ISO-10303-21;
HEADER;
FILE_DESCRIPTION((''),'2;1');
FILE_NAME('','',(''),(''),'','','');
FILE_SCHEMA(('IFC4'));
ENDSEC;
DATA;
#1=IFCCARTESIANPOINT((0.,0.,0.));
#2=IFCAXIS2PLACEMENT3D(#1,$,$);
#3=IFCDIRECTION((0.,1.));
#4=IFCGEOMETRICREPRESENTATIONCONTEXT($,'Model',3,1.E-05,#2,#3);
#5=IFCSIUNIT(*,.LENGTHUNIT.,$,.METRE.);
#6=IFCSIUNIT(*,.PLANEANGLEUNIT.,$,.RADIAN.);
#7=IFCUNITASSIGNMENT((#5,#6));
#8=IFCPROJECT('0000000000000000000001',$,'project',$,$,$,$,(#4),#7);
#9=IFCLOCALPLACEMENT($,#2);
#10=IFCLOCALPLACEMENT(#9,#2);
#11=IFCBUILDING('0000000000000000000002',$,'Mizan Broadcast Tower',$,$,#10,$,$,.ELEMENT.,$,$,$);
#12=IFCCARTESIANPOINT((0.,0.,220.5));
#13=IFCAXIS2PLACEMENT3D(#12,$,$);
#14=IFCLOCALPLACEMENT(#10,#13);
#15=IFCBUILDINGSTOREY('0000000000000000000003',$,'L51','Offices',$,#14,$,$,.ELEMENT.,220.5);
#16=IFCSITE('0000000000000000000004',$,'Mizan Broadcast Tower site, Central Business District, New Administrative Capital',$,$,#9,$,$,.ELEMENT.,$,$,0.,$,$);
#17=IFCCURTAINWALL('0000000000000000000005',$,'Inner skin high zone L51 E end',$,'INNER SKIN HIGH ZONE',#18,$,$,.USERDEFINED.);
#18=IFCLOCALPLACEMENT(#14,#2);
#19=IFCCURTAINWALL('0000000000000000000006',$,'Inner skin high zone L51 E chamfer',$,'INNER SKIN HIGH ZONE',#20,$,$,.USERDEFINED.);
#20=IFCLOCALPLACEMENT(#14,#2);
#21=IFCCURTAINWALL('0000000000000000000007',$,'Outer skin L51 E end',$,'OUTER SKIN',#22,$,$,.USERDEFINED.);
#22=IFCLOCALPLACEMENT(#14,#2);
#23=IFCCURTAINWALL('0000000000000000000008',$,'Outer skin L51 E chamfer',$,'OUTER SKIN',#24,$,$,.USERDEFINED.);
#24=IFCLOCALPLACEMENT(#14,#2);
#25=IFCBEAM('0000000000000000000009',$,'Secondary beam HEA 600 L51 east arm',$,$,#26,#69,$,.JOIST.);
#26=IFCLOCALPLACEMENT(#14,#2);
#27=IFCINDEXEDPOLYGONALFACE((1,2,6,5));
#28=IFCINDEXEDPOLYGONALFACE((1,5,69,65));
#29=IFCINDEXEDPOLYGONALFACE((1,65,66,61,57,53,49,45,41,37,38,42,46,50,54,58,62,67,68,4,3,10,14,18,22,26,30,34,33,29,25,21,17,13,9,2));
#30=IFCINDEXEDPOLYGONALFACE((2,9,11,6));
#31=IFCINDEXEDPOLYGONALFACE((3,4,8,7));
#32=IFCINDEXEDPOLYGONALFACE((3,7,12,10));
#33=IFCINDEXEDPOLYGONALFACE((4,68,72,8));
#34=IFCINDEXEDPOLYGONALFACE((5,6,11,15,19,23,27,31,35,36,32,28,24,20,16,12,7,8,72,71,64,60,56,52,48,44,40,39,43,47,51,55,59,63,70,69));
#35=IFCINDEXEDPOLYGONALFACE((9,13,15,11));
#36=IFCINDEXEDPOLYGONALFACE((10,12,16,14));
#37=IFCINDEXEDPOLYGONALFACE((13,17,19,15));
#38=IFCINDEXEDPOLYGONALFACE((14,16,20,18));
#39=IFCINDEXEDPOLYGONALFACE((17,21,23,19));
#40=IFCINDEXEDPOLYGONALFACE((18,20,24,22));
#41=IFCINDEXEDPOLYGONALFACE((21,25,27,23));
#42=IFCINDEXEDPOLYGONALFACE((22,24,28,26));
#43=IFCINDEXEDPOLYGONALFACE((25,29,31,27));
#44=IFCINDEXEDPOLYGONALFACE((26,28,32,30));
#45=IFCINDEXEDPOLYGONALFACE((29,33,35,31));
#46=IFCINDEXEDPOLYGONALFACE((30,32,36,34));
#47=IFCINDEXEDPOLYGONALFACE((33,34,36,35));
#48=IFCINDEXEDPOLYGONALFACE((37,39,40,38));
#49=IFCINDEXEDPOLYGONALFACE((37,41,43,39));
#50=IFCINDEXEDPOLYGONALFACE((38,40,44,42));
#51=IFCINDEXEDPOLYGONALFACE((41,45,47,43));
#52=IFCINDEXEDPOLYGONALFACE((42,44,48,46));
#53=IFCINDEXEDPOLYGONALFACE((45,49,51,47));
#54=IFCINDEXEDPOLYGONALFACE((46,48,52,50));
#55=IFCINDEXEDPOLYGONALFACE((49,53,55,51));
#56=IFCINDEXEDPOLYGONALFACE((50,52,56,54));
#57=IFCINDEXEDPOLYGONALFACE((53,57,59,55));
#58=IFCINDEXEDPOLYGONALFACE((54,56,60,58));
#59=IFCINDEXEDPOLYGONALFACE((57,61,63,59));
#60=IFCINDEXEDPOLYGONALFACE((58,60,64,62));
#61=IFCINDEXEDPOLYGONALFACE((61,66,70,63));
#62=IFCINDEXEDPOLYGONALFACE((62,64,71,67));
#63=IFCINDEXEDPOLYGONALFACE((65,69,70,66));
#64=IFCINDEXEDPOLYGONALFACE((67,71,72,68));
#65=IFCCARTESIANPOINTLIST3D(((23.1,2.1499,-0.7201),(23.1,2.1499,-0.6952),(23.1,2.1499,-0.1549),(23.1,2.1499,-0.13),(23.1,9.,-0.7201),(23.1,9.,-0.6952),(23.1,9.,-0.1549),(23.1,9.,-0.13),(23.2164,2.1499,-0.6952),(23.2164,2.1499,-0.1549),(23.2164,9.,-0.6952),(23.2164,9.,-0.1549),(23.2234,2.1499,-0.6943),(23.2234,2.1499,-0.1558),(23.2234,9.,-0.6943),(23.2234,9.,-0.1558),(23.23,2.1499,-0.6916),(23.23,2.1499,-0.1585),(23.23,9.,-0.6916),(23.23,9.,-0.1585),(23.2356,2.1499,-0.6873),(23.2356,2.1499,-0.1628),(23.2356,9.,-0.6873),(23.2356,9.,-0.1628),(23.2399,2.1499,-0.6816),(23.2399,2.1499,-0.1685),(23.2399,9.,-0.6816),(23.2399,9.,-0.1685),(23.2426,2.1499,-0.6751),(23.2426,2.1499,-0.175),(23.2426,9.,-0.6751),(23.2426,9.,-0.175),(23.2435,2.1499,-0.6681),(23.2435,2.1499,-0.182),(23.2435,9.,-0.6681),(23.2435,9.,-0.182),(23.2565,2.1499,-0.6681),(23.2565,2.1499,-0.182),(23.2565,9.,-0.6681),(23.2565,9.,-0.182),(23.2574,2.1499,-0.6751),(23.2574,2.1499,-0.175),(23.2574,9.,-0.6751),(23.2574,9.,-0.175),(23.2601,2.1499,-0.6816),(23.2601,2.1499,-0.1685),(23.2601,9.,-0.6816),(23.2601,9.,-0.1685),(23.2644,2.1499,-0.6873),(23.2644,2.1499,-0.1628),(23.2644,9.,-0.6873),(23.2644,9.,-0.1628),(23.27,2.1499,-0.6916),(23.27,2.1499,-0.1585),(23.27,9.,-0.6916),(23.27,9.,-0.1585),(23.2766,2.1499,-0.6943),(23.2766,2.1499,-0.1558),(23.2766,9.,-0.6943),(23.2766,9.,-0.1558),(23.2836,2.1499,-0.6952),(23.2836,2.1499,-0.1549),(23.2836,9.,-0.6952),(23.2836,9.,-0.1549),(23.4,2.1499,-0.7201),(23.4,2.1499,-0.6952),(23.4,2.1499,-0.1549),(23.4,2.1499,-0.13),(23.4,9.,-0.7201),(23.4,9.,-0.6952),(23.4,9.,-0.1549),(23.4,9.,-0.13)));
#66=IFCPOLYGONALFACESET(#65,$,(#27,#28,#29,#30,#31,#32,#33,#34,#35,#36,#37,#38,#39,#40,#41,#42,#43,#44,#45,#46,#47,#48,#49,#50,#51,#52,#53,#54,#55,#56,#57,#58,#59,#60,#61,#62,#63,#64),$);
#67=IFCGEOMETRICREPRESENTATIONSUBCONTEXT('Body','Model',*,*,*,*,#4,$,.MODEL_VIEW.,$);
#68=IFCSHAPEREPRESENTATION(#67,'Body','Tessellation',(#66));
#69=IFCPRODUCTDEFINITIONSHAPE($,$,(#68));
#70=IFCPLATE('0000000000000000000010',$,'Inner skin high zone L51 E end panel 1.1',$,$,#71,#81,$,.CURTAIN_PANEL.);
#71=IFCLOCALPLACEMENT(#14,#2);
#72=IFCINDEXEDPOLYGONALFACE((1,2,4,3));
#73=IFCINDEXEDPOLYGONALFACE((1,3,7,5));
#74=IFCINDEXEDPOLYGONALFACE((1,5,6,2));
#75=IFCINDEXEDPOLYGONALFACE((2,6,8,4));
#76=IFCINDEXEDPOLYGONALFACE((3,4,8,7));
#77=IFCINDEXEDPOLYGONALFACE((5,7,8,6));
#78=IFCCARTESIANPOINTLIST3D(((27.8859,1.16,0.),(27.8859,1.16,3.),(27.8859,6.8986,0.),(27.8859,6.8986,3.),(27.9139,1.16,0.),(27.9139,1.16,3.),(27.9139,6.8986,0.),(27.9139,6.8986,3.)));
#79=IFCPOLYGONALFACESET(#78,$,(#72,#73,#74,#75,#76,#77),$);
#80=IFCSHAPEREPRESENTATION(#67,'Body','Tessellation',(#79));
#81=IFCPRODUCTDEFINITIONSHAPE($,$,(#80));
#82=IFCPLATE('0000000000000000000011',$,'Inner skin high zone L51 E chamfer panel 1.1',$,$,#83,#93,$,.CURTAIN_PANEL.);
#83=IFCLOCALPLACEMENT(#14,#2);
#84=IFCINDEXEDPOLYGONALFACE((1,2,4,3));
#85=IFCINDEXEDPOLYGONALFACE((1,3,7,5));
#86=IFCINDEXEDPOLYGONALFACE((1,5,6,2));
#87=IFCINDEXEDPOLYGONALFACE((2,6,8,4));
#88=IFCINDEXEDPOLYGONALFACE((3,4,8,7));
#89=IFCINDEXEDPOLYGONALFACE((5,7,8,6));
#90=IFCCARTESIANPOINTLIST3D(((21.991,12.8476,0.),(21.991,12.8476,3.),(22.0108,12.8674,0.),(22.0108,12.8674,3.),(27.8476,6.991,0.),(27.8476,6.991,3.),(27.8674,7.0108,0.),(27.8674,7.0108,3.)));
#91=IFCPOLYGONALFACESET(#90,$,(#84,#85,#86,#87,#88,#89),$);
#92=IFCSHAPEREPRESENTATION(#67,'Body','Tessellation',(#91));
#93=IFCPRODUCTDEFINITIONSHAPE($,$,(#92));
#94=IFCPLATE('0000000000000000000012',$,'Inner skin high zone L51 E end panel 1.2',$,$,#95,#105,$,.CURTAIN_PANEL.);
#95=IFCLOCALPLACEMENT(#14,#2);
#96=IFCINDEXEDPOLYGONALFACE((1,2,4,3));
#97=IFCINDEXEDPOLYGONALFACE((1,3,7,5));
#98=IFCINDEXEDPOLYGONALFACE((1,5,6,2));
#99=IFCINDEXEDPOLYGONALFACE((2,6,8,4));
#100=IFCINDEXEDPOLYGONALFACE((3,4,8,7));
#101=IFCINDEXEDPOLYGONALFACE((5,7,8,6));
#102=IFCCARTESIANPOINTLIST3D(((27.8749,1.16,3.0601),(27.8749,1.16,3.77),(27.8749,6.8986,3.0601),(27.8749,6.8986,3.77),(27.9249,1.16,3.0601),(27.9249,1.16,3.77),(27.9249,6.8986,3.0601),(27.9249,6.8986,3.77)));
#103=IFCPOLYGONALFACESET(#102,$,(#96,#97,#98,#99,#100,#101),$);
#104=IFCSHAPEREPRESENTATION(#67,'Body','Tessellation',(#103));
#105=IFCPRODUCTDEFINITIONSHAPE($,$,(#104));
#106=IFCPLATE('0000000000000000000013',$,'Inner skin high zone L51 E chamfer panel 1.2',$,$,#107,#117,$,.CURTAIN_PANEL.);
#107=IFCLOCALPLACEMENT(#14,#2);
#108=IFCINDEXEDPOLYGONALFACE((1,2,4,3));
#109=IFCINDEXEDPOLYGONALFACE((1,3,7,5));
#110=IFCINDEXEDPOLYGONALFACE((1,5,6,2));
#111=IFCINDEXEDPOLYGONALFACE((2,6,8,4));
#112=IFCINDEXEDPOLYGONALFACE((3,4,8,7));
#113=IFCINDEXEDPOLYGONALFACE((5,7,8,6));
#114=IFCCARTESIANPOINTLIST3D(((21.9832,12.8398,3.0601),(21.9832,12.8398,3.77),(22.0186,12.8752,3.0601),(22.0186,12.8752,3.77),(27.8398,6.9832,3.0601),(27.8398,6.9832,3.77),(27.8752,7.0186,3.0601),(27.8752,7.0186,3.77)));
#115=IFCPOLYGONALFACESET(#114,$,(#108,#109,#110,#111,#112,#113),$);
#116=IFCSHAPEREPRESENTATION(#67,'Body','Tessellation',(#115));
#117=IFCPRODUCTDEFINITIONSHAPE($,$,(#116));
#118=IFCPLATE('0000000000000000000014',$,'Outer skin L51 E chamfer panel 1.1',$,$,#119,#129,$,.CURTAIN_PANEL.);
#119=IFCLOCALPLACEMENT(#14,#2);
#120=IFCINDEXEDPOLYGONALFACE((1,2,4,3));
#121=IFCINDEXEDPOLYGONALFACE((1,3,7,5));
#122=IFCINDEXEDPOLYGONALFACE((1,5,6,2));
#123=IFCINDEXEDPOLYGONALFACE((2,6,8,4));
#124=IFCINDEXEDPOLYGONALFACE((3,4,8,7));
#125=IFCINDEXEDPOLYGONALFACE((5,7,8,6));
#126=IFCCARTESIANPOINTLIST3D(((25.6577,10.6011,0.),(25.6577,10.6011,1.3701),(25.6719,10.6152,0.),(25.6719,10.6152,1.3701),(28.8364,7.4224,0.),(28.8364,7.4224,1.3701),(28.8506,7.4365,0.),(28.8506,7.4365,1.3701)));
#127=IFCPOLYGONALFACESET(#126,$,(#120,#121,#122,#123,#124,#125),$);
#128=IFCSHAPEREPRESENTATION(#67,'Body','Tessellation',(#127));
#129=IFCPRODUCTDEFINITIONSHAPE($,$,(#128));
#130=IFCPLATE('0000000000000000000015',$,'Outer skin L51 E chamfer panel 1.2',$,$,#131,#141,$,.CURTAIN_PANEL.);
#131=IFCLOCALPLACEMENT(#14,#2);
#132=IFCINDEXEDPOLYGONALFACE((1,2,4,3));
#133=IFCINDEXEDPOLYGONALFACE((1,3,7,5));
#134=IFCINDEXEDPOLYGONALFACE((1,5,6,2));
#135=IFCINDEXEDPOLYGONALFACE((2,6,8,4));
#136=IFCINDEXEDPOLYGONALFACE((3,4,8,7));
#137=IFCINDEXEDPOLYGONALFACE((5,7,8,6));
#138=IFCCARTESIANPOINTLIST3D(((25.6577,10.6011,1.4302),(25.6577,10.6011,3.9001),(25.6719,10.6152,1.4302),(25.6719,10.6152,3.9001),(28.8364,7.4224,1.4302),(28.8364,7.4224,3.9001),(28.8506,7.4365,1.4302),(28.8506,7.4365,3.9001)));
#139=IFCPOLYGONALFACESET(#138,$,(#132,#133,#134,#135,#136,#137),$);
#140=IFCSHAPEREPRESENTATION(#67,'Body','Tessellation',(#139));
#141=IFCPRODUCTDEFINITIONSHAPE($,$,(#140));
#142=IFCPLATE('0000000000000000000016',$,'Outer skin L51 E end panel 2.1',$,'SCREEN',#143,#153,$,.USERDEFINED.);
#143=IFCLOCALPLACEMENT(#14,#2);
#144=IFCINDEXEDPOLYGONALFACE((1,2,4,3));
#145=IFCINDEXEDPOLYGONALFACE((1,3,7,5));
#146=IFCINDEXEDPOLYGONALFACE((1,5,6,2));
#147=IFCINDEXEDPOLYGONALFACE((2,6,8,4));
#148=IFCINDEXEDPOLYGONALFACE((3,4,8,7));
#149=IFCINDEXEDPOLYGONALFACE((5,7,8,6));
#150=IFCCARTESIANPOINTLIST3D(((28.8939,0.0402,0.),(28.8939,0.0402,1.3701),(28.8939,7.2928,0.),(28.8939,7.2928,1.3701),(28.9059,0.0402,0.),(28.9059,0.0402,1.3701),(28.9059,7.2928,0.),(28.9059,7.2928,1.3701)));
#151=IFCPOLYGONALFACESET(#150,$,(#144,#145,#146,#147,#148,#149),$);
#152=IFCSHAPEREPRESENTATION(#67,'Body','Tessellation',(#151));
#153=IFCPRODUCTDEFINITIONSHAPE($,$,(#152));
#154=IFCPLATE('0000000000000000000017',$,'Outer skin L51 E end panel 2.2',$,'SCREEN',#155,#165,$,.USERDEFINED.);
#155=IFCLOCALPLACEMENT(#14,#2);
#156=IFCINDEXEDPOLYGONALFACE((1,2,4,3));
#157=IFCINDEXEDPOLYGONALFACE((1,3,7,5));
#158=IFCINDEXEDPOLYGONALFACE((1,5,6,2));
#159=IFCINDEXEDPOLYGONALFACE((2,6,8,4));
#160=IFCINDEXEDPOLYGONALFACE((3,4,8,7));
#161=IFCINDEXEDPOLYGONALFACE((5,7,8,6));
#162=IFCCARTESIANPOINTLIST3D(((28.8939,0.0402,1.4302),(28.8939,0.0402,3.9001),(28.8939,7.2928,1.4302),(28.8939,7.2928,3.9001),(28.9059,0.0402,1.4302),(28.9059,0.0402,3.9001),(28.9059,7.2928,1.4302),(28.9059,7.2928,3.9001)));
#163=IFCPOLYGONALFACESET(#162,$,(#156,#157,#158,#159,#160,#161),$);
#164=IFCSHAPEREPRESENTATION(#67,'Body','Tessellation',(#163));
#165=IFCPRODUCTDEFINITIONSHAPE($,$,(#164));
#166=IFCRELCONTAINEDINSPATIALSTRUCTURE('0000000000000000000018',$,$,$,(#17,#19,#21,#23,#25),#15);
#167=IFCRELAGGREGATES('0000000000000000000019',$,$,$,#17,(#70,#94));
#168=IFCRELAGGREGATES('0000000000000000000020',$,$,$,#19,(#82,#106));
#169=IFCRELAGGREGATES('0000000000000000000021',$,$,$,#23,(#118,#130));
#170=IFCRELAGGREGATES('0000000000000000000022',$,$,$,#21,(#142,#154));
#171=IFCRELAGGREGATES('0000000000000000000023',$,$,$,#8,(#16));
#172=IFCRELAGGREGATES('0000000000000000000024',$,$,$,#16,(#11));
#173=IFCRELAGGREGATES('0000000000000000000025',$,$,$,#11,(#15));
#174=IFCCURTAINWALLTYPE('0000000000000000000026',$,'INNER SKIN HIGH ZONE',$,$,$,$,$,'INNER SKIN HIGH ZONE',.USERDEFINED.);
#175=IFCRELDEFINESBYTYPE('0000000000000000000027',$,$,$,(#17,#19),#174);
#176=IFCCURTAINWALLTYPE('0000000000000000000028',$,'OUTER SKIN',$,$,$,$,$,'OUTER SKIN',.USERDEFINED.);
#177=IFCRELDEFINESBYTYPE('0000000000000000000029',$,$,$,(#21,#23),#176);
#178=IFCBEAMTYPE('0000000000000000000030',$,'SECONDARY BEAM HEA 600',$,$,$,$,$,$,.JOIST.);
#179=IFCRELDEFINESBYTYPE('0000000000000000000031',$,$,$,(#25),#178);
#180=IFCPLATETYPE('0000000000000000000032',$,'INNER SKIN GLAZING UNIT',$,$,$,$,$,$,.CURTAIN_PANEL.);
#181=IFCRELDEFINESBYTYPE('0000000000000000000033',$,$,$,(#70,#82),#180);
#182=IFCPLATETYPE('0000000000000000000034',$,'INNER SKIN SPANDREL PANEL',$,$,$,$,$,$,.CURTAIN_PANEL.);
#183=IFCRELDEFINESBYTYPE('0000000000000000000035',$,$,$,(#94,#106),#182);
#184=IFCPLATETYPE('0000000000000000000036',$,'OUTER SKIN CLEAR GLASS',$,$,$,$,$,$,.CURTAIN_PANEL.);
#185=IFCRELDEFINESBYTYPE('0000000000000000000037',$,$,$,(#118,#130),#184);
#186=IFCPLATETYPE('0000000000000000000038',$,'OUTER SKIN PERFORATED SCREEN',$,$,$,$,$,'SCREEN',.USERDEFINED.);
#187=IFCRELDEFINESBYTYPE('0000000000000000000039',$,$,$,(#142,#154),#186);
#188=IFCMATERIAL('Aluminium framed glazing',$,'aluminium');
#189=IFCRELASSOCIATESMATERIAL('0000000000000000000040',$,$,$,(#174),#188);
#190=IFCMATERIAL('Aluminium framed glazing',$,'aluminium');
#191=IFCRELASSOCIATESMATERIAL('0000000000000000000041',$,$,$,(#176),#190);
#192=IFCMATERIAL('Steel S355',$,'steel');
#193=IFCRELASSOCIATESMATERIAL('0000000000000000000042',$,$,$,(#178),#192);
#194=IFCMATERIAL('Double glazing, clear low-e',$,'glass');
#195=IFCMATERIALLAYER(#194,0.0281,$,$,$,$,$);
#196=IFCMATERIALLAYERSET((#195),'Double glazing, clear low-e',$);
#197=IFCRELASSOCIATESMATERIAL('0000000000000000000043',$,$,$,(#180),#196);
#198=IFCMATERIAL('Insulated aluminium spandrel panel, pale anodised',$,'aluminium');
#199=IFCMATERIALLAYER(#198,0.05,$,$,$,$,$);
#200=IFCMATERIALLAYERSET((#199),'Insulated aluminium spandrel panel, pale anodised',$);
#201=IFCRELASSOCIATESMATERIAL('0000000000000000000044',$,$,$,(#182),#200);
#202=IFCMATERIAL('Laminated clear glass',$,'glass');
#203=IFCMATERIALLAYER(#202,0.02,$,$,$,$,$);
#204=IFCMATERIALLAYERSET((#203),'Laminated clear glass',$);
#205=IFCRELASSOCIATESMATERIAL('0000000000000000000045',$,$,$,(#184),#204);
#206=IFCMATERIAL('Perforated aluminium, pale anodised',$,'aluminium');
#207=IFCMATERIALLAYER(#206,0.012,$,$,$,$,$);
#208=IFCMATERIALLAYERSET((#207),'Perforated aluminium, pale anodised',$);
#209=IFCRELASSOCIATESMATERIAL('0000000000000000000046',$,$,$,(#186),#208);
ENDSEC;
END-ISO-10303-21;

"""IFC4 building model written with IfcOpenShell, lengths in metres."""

from ifc_helpers import new_model, si_unit, direction, frame, origin, origin_2d, place, context, subcontext, project, spatial, rectangle, i_section, extrude, material, layer, layer_set, material_profile, profile_set, type_object, element, aggregate, save


model = new_model("IFC4")

# Units and contexts
model_context = context("Model", 3, precision=1e-05, world=origin(), true_north=direction((0.0, 1.0)))
body_context = subcontext(model_context, "Body", "Model", "MODEL_VIEW")
ifc_project = project(units=[si_unit("LENGTHUNIT", "METRE"), si_unit("PLANEANGLEUNIT", "RADIAN")], contexts=[model_context])

# Site, building, storey
site_placement = place(None, origin())
site = spatial("IfcSite", under=ifc_project, at=site_placement, Name="Mizan Broadcast Tower site, Central Business District, New Administrative Capital", CompositionType="ELEMENT", RefElevation=0.0)
building_placement = place(site_placement, origin())
building = spatial("IfcBuilding", under=site, at=building_placement, Name="Mizan Broadcast Tower", CompositionType="ELEMENT")
storey_placement = place(building_placement, frame((0.0, 0.0, 220.5)))
storey = spatial("IfcBuildingStorey", under=building, at=storey_placement, Name="L51", Description="Offices", CompositionType="ELEMENT", Elevation=220.5)

# Curtain wall
ifc_material_1 = material(Name="Aluminium framed glazing", Category="aluminium")
curtain_wall_type_1 = type_object("IfcCurtainWallType", Name="INNER SKIN HIGH ZONE", ElementType="INNER SKIN HIGH ZONE", PredefinedType="USERDEFINED", material=ifc_material_1)
curtain_wall_1_placement = place(storey_placement, origin())
curtain_wall_1 = element("IfcCurtainWall", 1, at=curtain_wall_1_placement, inside=storey, type_object=curtain_wall_type_1, Name="Inner skin high zone L51 E end", ObjectType="INNER SKIN HIGH ZONE", PredefinedType="USERDEFINED")

# Curtain wall
curtain_wall_2_placement = place(storey_placement, origin())
curtain_wall_2 = element("IfcCurtainWall", 2, at=curtain_wall_2_placement, inside=storey, type_object=curtain_wall_type_1, Name="Inner skin high zone L51 E chamfer", ObjectType="INNER SKIN HIGH ZONE", PredefinedType="USERDEFINED")

# Curtain wall
ifc_material_2 = material(Name="Aluminium framed glazing", Category="aluminium")
curtain_wall_type_2 = type_object("IfcCurtainWallType", Name="OUTER SKIN", ElementType="OUTER SKIN", PredefinedType="USERDEFINED", material=ifc_material_2)
curtain_wall_3_placement = place(storey_placement, origin())
curtain_wall_3 = element("IfcCurtainWall", 3, at=curtain_wall_3_placement, inside=storey, type_object=curtain_wall_type_2, Name="Outer skin L51 E end", ObjectType="OUTER SKIN", PredefinedType="USERDEFINED")

# Curtain wall
curtain_wall_4_placement = place(storey_placement, origin())
curtain_wall_4 = element("IfcCurtainWall", 4, at=curtain_wall_4_placement, inside=storey, type_object=curtain_wall_type_2, Name="Outer skin L51 E chamfer", ObjectType="OUTER SKIN", PredefinedType="USERDEFINED")

# Beam
ifc_material_3 = material(Name="Steel S355", Category="steel")
ifc_material_profile_1 = material_profile(ifc_material_3, i_section(OverallWidth=0.3, OverallDepth=0.5901, WebThickness=0.0129, FlangeThickness=0.0249, FilletRadius=0.0271, at=origin_2d()), Name="HEA 600")
ifc_profile_set_1 = profile_set([ifc_material_profile_1], Name="Steel S355")
beam_type_1 = type_object("IfcBeamType", Name="SECONDARY BEAM HEA 600", PredefinedType="JOIST", material=ifc_profile_set_1)
beam_1_placement = place(storey_placement, frame((23.25, 9.0, -0.425), z_axis=(0.0, -1.0, 0.0), x_axis=(1.0, 0.0, 0.0)))
element("IfcBeam", 5, at=beam_1_placement, inside=storey, type_object=beam_type_1, Name="Secondary beam HEA 600 L51 east arm", PredefinedType="JOIST", context=body_context, shape_type="SweptSolid", body=[
    extrude(i_section(OverallWidth=0.3, OverallDepth=0.5901, WebThickness=0.0129, FlangeThickness=0.0249, FilletRadius=0.0271, at=origin_2d()), origin(), (0.0, 0.0, 1.0), 6.8501),
])

# Plates
ifc_material_4 = material(Name="Double glazing, clear low-e", Category="glass")
ifc_layer_1 = layer(ifc_material_4, 0.0281)
ifc_layer_set_1 = layer_set([ifc_layer_1], Name="Double glazing, clear low-e")
plate_type_1 = type_object("IfcPlateType", Name="INNER SKIN GLAZING UNIT", PredefinedType="CURTAIN_PANEL", material=ifc_layer_set_1)
plate_1_placement = place(storey_placement, frame((27.8999, 4.0293, 0.0), z_axis=(0.0, 0.0, 1.0), x_axis=(0.0, 1.0, 0.0)))
plate_1 = element("IfcPlate", 6, at=plate_1_placement, type_object=plate_type_1, Name="Inner skin high zone L51 E end panel 1.1", PredefinedType="CURTAIN_PANEL", context=body_context, shape_type="SweptSolid", body=[
    extrude(rectangle(XDim=5.7385, YDim=0.0281, at=origin_2d()), origin(), (0.0, 0.0, 1.0), 3.0),
])
plate_2_placement = place(storey_placement, frame((24.9292, 9.9292, 0.0), z_axis=(0.0, 0.0, 1.0), x_axis=(-0.707107, 0.707107, 0.0)))
plate_2 = element("IfcPlate", 7, at=plate_2_placement, type_object=plate_type_1, Name="Inner skin high zone L51 E chamfer panel 1.1", PredefinedType="CURTAIN_PANEL", context=body_context, shape_type="SweptSolid", body=[
    extrude(rectangle(XDim=8.2825, YDim=0.0281, at=origin_2d()), origin(), (0.0, 0.0, 1.0), 3.0),
])
ifc_material_5 = material(Name="Insulated aluminium spandrel panel, pale anodised", Category="aluminium")
ifc_layer_2 = layer(ifc_material_5, 0.05)
ifc_layer_set_2 = layer_set([ifc_layer_2], Name="Insulated aluminium spandrel panel, pale anodised")
plate_type_2 = type_object("IfcPlateType", Name="INNER SKIN SPANDREL PANEL", PredefinedType="CURTAIN_PANEL", material=ifc_layer_set_2)
plate_3_placement = place(storey_placement, frame((27.8999, 4.0293, 3.0601), z_axis=(0.0, 0.0, 1.0), x_axis=(0.0, 1.0, 0.0)))
plate_3 = element("IfcPlate", 8, at=plate_3_placement, type_object=plate_type_2, Name="Inner skin high zone L51 E end panel 1.2", PredefinedType="CURTAIN_PANEL", context=body_context, shape_type="SweptSolid", body=[
    extrude(rectangle(XDim=5.7385, YDim=0.05, at=origin_2d()), origin(), (0.0, 0.0, 1.0), 0.71),
])
aggregate(curtain_wall_1, [plate_1, plate_3])
plate_4_placement = place(storey_placement, frame((24.9292, 9.9292, 3.0601), z_axis=(0.0, 0.0, 1.0), x_axis=(-0.707107, 0.707107, 0.0)))
plate_4 = element("IfcPlate", 9, at=plate_4_placement, type_object=plate_type_2, Name="Inner skin high zone L51 E chamfer panel 1.2", PredefinedType="CURTAIN_PANEL", context=body_context, shape_type="SweptSolid", body=[
    extrude(rectangle(XDim=8.2825, YDim=0.05, at=origin_2d()), origin(), (0.0, 0.0, 1.0), 0.71),
])
aggregate(curtain_wall_2, [plate_2, plate_4])
ifc_material_6 = material(Name="Laminated clear glass", Category="glass")
ifc_layer_3 = layer(ifc_material_6, 0.02)
ifc_layer_set_3 = layer_set([ifc_layer_3], Name="Laminated clear glass")
plate_type_3 = type_object("IfcPlateType", Name="OUTER SKIN CLEAR GLASS", PredefinedType="CURTAIN_PANEL", material=ifc_layer_set_3)
plate_5_placement = place(storey_placement, frame((27.2542, 9.0188, 0.0), z_axis=(0.0, 0.0, 1.0), x_axis=(-0.707107, 0.707107, 0.0)))
plate_5 = element("IfcPlate", 10, at=plate_5_placement, type_object=plate_type_3, Name="Outer skin L51 E chamfer panel 1.1", PredefinedType="CURTAIN_PANEL", context=body_context, shape_type="SweptSolid", body=[
    extrude(rectangle(XDim=4.4954, YDim=0.02, at=origin_2d()), origin(), (0.0, 0.0, 1.0), 1.3701),
])
plate_6_placement = place(storey_placement, frame((27.2542, 9.0188, 1.4302), z_axis=(0.0, 0.0, 1.0), x_axis=(-0.707107, 0.707107, 0.0)))
plate_6 = element("IfcPlate", 11, at=plate_6_placement, type_object=plate_type_3, Name="Outer skin L51 E chamfer panel 1.2", PredefinedType="CURTAIN_PANEL", context=body_context, shape_type="SweptSolid", body=[
    extrude(rectangle(XDim=4.4954, YDim=0.02, at=origin_2d()), origin(), (0.0, 0.0, 1.0), 2.47),
])
aggregate(curtain_wall_4, [plate_5, plate_6])
ifc_material_7 = material(Name="Perforated aluminium, pale anodised", Category="aluminium")
ifc_layer_4 = layer(ifc_material_7, 0.012)
ifc_layer_set_4 = layer_set([ifc_layer_4], Name="Perforated aluminium, pale anodised")
plate_type_4 = type_object("IfcPlateType", Name="OUTER SKIN PERFORATED SCREEN", ElementType="SCREEN", PredefinedType="USERDEFINED", material=ifc_layer_set_4)
plate_7_placement = place(storey_placement, frame((28.8999, 3.6665, 0.0), z_axis=(0.0, 0.0, 1.0), x_axis=(0.0, 1.0, 0.0)))
plate_7 = element("IfcPlate", 12, at=plate_7_placement, type_object=plate_type_4, Name="Outer skin L51 E end panel 2.1", ObjectType="SCREEN", PredefinedType="USERDEFINED", context=body_context, shape_type="SweptSolid", body=[
    extrude(rectangle(XDim=7.2527, YDim=0.012, at=origin_2d()), origin(), (0.0, 0.0, 1.0), 1.3701),
])
plate_8_placement = place(storey_placement, frame((28.8999, 3.6665, 1.4302), z_axis=(0.0, 0.0, 1.0), x_axis=(0.0, 1.0, 0.0)))
plate_8 = element("IfcPlate", 13, at=plate_8_placement, type_object=plate_type_4, Name="Outer skin L51 E end panel 2.2", ObjectType="SCREEN", PredefinedType="USERDEFINED", context=body_context, shape_type="SweptSolid", body=[
    extrude(rectangle(XDim=7.2527, YDim=0.012, at=origin_2d()), origin(), (0.0, 0.0, 1.0), 2.47),
])
aggregate(curtain_wall_3, [plate_7, plate_8])

save(model, "model.ifc")
